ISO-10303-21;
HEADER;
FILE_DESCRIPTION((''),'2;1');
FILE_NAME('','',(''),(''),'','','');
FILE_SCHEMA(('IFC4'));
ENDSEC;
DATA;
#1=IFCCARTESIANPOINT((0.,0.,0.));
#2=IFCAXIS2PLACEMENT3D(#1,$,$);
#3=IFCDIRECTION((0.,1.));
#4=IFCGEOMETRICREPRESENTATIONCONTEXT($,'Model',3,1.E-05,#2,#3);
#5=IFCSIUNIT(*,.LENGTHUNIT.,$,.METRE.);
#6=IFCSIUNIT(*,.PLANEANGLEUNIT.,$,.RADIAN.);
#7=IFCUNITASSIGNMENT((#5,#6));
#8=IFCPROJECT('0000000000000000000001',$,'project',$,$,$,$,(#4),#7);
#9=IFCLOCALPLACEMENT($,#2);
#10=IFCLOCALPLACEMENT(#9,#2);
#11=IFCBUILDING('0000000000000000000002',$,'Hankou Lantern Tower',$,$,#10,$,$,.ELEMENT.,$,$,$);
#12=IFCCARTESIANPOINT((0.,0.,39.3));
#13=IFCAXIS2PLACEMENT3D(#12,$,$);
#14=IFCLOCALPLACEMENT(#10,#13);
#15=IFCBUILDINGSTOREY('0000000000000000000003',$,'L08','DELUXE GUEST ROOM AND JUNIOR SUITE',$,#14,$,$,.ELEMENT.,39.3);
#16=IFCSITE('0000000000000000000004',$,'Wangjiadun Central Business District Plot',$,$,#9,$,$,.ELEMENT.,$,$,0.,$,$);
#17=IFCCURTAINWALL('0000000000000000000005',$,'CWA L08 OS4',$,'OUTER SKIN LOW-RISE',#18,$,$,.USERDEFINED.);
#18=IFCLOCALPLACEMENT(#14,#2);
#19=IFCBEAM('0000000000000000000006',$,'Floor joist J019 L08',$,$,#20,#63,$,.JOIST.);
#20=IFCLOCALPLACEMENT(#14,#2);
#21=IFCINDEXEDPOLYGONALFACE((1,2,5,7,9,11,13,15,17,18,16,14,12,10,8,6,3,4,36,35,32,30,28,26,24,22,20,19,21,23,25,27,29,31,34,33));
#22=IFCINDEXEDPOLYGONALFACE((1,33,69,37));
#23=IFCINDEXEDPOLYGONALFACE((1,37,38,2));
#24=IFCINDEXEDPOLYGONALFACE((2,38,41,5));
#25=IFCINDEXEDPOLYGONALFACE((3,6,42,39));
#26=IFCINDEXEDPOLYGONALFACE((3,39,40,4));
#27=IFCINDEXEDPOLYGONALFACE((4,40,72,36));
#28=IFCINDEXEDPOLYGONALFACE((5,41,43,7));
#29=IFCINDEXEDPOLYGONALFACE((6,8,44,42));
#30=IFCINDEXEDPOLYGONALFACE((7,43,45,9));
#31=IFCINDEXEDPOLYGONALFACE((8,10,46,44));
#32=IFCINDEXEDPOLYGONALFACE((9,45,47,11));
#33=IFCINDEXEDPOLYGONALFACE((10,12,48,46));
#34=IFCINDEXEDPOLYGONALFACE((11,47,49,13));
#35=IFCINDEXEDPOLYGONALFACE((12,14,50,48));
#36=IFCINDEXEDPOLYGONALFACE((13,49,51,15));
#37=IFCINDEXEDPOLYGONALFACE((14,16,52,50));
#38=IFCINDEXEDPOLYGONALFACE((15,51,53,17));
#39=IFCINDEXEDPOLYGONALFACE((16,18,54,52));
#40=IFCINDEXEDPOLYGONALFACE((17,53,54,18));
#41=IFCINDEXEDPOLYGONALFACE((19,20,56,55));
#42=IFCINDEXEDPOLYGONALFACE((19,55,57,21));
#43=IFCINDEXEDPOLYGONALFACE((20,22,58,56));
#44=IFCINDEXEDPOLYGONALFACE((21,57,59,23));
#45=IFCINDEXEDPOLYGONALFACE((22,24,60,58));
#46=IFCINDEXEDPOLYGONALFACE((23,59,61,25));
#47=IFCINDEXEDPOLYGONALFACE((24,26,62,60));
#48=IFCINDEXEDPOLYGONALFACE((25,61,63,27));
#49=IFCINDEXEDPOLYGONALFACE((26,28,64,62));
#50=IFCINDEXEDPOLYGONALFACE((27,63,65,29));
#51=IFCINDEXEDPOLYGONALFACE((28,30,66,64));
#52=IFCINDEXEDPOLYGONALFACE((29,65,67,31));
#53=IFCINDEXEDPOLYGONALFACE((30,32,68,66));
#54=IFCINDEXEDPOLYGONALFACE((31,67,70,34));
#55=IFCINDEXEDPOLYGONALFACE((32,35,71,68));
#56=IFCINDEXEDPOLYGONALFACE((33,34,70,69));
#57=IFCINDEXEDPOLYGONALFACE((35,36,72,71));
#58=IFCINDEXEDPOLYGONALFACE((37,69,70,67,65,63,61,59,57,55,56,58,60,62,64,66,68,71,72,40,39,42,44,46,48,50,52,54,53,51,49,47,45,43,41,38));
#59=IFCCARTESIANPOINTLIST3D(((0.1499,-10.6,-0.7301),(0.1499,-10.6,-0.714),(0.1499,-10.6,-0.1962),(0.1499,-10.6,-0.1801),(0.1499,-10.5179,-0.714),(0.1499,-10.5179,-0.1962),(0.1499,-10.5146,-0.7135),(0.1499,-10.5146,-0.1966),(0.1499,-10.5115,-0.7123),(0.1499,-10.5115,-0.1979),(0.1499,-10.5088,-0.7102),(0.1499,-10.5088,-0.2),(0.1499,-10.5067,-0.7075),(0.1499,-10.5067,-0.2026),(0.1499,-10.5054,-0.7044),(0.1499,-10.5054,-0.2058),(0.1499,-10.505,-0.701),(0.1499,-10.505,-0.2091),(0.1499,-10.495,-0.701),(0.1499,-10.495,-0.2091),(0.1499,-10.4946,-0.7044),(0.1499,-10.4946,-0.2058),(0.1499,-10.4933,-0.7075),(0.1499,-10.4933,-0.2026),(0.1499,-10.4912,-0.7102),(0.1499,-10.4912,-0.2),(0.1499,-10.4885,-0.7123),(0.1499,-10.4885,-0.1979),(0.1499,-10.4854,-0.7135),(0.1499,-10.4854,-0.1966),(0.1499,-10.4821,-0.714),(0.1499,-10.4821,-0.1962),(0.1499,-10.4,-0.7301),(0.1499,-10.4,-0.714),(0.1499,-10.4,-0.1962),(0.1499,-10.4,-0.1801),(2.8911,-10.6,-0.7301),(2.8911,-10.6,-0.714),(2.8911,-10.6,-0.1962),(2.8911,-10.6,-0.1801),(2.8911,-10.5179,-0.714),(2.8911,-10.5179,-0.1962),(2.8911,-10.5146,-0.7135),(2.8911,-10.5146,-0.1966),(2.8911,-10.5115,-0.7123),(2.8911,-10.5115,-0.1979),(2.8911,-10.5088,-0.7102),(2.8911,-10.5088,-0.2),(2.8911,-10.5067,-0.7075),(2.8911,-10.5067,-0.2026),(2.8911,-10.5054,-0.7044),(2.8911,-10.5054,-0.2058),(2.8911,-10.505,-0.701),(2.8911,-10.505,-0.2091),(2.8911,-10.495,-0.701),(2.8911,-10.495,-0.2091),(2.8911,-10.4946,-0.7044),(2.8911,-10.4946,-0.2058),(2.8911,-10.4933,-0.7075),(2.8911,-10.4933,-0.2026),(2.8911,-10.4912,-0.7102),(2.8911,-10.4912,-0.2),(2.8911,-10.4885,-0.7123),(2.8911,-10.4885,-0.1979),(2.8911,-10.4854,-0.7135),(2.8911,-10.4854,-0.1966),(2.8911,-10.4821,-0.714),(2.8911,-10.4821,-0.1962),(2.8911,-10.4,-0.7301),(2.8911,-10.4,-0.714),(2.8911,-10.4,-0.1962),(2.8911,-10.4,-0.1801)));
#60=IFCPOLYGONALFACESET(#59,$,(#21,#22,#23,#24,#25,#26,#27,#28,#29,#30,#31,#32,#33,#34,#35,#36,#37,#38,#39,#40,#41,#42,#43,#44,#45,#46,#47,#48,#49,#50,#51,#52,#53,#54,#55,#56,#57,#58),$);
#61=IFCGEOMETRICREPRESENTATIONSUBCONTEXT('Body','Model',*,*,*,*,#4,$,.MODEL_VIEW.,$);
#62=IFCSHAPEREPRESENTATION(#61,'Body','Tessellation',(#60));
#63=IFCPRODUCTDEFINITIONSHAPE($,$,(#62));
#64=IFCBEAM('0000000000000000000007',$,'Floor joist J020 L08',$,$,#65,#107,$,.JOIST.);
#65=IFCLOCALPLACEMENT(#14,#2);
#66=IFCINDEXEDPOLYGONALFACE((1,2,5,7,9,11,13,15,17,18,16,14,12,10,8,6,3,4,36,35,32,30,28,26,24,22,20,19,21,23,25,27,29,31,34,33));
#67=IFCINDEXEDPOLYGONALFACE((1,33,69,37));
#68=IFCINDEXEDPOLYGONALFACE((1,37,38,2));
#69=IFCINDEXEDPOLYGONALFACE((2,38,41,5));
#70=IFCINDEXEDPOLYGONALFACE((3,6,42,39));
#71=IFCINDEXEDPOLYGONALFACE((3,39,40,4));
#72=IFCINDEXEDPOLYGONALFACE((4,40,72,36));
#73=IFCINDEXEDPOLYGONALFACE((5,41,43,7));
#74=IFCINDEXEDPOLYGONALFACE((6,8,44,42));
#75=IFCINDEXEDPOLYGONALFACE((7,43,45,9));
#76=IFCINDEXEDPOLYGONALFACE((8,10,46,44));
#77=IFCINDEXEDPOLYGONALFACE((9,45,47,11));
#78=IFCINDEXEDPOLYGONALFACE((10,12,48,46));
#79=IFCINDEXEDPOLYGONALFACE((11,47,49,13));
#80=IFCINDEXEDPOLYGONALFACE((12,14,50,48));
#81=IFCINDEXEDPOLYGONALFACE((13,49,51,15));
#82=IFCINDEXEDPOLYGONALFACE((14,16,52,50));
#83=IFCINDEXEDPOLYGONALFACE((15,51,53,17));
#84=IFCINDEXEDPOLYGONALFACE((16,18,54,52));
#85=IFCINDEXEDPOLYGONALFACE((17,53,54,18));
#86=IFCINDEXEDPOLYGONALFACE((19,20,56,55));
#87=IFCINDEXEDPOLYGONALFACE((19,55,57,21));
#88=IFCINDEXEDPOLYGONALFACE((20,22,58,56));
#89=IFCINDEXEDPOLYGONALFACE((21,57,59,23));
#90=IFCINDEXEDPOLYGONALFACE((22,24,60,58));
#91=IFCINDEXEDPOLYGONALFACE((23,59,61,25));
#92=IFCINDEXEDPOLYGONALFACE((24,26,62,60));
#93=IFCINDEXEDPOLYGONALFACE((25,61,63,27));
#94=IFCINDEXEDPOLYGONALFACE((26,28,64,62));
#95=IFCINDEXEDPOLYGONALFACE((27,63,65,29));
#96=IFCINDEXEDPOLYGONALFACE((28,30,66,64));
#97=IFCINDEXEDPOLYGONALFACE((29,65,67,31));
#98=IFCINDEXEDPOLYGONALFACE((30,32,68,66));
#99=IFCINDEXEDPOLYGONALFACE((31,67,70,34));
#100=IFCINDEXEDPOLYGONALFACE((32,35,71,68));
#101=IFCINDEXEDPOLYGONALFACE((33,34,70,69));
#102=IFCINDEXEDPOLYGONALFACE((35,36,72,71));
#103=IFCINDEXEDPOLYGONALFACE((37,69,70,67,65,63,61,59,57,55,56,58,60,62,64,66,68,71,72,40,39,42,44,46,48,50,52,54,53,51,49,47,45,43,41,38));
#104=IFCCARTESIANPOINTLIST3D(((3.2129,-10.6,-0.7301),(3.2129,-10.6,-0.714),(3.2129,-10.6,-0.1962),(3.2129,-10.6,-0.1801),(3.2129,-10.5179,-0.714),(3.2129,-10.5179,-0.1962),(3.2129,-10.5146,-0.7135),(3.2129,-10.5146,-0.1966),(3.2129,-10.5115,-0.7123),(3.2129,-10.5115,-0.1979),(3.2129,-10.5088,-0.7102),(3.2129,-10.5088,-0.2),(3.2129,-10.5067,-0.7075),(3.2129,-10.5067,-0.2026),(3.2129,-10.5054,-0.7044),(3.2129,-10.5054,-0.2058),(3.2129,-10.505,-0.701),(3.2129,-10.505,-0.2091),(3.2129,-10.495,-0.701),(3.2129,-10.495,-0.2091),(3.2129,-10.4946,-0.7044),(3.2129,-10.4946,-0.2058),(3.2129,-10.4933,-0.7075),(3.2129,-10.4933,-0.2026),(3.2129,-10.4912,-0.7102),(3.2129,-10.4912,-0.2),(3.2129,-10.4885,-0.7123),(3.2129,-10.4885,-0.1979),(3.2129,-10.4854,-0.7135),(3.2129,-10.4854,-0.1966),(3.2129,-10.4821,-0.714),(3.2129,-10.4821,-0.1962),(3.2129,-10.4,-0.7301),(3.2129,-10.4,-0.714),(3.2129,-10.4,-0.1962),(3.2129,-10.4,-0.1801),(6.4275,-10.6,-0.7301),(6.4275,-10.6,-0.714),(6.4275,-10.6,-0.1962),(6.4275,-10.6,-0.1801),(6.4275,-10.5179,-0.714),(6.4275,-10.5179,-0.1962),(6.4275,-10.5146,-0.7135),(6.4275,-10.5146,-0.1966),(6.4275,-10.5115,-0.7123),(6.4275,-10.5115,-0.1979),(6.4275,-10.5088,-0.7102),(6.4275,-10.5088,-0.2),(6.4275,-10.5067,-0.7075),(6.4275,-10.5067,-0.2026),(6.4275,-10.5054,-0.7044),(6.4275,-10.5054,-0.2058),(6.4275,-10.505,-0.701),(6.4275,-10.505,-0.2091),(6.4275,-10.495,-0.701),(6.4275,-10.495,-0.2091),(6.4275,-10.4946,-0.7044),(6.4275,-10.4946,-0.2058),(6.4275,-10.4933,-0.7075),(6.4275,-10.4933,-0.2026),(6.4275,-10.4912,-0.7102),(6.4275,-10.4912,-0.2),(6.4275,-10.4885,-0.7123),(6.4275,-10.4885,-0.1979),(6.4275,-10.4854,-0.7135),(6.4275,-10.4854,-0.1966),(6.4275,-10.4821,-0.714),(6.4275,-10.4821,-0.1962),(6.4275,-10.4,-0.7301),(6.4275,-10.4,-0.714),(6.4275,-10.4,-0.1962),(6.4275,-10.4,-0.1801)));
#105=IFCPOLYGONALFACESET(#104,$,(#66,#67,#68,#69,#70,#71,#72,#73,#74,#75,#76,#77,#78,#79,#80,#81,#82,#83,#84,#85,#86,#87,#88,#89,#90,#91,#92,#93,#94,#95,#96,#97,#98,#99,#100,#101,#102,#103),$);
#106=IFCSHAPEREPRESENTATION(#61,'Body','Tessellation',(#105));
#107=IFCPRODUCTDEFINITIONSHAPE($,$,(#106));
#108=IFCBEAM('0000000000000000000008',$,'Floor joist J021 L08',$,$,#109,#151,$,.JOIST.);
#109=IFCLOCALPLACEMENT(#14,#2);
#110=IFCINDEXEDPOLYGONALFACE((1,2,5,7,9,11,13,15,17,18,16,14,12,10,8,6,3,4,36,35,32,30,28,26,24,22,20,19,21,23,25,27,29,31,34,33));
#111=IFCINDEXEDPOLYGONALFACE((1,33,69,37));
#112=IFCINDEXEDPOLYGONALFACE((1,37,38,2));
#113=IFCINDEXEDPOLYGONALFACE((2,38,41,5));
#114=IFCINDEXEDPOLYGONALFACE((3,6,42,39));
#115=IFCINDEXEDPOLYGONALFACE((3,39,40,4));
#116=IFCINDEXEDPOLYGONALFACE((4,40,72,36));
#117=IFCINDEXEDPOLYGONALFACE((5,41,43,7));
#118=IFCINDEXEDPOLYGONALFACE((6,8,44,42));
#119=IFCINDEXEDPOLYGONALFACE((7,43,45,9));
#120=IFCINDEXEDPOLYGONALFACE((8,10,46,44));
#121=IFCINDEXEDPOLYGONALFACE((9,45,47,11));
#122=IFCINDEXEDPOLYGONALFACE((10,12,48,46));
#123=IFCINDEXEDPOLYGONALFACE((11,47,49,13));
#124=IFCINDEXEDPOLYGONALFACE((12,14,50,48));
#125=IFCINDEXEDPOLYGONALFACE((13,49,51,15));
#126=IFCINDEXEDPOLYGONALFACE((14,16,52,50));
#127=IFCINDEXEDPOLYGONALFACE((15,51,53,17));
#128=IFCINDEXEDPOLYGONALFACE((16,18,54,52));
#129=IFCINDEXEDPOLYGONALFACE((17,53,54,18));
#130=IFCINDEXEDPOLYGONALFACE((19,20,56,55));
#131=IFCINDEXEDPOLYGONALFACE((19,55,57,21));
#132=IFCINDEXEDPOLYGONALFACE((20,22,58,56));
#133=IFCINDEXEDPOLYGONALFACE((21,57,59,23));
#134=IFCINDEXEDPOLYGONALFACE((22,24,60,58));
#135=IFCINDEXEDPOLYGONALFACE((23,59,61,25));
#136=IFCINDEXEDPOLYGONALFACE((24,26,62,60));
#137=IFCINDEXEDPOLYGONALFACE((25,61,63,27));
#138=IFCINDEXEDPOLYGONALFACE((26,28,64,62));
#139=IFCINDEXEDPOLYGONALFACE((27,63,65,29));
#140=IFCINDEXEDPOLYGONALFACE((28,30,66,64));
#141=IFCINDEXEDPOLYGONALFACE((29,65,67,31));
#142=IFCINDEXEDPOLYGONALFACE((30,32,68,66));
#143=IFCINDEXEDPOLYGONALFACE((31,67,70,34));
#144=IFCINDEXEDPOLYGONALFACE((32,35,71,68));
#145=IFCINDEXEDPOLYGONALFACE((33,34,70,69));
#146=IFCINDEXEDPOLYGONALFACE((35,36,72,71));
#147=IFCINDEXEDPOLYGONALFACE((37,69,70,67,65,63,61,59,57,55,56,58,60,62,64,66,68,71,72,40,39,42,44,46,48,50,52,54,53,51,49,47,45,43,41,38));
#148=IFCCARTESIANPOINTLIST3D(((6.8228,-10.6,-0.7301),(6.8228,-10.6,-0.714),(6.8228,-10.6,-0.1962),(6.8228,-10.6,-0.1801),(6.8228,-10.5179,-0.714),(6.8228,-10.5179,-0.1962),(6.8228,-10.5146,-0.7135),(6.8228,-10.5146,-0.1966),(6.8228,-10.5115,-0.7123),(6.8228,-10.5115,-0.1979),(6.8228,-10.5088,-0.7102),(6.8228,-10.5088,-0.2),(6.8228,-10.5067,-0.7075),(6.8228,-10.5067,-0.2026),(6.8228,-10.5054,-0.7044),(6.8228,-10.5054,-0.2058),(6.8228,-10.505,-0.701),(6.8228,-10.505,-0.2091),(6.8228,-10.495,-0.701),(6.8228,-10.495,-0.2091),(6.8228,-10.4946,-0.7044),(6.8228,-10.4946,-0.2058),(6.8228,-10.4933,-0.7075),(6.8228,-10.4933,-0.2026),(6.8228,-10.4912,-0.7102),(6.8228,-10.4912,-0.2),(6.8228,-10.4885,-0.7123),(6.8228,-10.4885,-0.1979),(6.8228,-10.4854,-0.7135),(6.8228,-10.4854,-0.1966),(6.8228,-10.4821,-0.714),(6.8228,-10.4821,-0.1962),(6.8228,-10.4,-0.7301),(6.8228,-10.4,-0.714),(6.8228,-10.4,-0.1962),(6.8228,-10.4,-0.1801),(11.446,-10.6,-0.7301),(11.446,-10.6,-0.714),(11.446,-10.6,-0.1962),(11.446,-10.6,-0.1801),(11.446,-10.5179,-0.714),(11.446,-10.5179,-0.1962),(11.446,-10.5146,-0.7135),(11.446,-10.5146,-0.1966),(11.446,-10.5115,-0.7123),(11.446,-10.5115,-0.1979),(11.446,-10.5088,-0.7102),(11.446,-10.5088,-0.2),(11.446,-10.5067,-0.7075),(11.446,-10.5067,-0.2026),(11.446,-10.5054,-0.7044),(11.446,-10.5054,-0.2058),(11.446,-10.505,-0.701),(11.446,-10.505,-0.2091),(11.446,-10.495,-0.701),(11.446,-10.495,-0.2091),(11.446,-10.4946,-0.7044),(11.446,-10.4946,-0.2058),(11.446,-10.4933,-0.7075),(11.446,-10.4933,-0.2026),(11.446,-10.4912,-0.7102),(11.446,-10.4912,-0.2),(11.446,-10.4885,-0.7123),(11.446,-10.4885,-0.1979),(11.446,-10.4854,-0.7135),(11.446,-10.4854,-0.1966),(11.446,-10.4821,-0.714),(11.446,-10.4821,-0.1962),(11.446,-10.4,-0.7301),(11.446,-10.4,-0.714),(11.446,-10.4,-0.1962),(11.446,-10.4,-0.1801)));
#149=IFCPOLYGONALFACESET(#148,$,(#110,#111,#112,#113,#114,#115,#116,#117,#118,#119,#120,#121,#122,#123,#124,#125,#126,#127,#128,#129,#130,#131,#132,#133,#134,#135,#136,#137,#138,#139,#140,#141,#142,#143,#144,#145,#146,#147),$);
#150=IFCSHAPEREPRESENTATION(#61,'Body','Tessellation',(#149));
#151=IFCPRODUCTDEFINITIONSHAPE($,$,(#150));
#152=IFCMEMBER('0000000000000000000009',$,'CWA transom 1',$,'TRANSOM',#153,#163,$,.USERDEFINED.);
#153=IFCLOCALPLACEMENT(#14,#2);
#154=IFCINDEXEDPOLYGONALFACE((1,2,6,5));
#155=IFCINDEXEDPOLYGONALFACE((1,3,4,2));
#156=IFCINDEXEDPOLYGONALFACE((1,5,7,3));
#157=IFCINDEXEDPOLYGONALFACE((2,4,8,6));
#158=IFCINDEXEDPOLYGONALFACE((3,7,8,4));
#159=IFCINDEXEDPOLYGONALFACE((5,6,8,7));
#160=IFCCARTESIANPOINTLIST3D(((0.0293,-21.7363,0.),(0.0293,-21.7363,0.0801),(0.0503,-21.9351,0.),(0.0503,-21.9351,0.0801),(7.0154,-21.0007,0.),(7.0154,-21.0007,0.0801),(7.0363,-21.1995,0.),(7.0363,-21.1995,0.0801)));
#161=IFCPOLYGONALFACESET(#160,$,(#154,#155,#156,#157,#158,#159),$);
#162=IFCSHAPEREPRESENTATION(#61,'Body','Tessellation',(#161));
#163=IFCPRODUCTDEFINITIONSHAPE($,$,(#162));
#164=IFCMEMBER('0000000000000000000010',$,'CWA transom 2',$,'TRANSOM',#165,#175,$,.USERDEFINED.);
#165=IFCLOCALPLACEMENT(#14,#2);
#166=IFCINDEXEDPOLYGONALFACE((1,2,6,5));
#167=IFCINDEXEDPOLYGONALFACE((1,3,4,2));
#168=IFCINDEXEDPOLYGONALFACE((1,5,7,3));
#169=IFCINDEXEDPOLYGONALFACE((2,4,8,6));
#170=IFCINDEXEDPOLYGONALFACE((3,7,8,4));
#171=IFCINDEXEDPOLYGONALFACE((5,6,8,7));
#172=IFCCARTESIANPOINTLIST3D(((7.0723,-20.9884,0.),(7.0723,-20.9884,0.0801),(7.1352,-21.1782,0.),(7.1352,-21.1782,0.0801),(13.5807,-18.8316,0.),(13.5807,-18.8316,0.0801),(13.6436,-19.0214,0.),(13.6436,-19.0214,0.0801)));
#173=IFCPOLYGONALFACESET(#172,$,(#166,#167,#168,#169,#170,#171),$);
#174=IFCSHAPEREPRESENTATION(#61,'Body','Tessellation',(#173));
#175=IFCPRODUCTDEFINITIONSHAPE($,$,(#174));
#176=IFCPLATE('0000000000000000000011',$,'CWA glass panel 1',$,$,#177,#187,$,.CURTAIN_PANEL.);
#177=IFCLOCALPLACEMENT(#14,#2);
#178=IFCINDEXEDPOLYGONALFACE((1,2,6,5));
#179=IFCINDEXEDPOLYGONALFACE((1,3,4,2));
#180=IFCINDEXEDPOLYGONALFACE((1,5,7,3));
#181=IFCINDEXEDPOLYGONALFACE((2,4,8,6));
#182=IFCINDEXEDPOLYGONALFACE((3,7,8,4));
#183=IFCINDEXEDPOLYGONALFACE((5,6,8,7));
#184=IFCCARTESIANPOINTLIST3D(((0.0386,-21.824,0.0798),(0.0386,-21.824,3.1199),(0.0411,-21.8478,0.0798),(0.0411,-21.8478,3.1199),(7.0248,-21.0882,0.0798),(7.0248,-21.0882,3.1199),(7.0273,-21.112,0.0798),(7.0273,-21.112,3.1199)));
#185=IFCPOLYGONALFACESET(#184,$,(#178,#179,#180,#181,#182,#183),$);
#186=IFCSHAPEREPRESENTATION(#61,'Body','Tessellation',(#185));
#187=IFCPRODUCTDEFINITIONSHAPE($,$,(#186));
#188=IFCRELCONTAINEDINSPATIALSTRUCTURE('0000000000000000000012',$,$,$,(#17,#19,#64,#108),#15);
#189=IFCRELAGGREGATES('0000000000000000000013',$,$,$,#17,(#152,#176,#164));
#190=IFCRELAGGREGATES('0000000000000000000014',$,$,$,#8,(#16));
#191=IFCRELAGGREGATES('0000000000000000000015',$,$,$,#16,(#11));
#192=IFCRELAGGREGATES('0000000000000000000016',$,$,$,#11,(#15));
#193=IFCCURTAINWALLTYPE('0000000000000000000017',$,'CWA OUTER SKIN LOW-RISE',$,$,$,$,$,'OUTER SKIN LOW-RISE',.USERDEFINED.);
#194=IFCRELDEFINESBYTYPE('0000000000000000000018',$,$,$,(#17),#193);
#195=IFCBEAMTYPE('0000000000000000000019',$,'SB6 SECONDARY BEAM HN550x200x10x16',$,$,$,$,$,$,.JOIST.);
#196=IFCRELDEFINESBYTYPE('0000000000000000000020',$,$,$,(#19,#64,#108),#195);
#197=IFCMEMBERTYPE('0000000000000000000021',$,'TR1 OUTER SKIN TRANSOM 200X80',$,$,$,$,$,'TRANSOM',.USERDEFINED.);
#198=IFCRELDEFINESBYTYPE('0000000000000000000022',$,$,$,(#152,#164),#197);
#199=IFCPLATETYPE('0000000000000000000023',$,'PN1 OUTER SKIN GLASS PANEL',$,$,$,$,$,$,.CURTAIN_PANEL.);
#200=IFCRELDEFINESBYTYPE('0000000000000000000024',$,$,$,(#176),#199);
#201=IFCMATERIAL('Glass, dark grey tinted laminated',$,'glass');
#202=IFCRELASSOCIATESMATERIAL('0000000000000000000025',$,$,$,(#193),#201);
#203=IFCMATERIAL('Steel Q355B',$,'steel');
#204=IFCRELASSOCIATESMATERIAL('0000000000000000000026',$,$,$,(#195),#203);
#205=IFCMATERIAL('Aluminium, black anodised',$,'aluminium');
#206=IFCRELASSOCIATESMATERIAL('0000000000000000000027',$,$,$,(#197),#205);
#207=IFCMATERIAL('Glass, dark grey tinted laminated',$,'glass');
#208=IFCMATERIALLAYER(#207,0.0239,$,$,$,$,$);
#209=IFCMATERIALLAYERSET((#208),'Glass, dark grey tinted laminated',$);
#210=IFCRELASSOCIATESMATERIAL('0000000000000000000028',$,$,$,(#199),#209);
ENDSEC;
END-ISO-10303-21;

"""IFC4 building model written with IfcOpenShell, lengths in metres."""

from ifc_helpers import new_model, si_unit, direction, frame, origin, origin_2d, place, context, subcontext, project, spatial, rectangle, i_section, extrude, material, layer, layer_set, material_profile, profile_set, type_object, element, aggregate, save


model = new_model("IFC4")

# Units and contexts
model_context = context("Model", 3, precision=1e-05, world=origin(), true_north=direction((0.0, 1.0)))
body_context = subcontext(model_context, "Body", "Model", "MODEL_VIEW")
ifc_project = project(units=[si_unit("LENGTHUNIT", "METRE"), si_unit("PLANEANGLEUNIT", "RADIAN")], contexts=[model_context])

# Site, building, storey
site_placement = place(None, origin())
site = spatial("IfcSite", under=ifc_project, at=site_placement, Name="Wangjiadun Central Business District Plot", CompositionType="ELEMENT", RefElevation=0.0)
building_placement = place(site_placement, origin())
building = spatial("IfcBuilding", under=site, at=building_placement, Name="Hankou Lantern Tower", CompositionType="ELEMENT")
storey_placement = place(building_placement, frame((0.0, 0.0, 39.3)))
storey = spatial("IfcBuildingStorey", under=building, at=storey_placement, Name="L08", Description="DELUXE GUEST ROOM AND JUNIOR SUITE", CompositionType="ELEMENT", Elevation=39.3)

# Curtain wall
ifc_material_1 = material(Name="Glass, dark grey tinted laminated", Category="glass")
curtain_wall_type = type_object("IfcCurtainWallType", Name="CWA OUTER SKIN LOW-RISE", ElementType="OUTER SKIN LOW-RISE", PredefinedType="USERDEFINED", material=ifc_material_1)
curtain_wall_placement = place(storey_placement, origin())
curtain_wall = element("IfcCurtainWall", 1, at=curtain_wall_placement, inside=storey, type_object=curtain_wall_type, Name="CWA L08 OS4", ObjectType="OUTER SKIN LOW-RISE", PredefinedType="USERDEFINED")

# Beams
ifc_material_2 = material(Name="Steel Q355B", Category="steel")
ifc_material_profile_1 = material_profile(ifc_material_2, i_section(OverallWidth=0.2, OverallDepth=0.55, WebThickness=0.01, FlangeThickness=0.0161, FilletRadius=0.0129, at=origin_2d()), Name="HN550x200x10x16")
ifc_profile_set_1 = profile_set([ifc_material_profile_1], Name="Steel Q355B")
beam_type_1 = type_object("IfcBeamType", Name="SB6 SECONDARY BEAM HN550x200x10x16", PredefinedType="JOIST", material=ifc_profile_set_1)
beam_1_placement = place(storey_placement, frame((0.1499, -10.5, -0.4551), z_axis=(1.0, 0.0, 0.0), x_axis=(0.0, 1.0, 0.0)))
element("IfcBeam", 2, at=beam_1_placement, inside=storey, type_object=beam_type_1, Name="Floor joist J019 L08", PredefinedType="JOIST", context=body_context, shape_type="SweptSolid", body=[
    extrude(i_section(OverallWidth=0.2, OverallDepth=0.55, WebThickness=0.01, FlangeThickness=0.0161, FilletRadius=0.0129, at=origin_2d()), origin(), (0.0, 0.0, 1.0), 2.7412),
])
beam_2_placement = place(storey_placement, frame((3.2129, -10.5, -0.4551), z_axis=(1.0, 0.0, 0.0), x_axis=(0.0, 1.0, 0.0)))
element("IfcBeam", 3, at=beam_2_placement, inside=storey, type_object=beam_type_1, Name="Floor joist J020 L08", PredefinedType="JOIST", context=body_context, shape_type="SweptSolid", body=[
    extrude(i_section(OverallWidth=0.2, OverallDepth=0.55, WebThickness=0.01, FlangeThickness=0.0161, FilletRadius=0.0129, at=origin_2d()), origin(), (0.0, 0.0, 1.0), 3.2146),
])
beam_3_placement = place(storey_placement, frame((6.8228, -10.5, -0.4551), z_axis=(1.0, 0.0, 0.0), x_axis=(0.0, 1.0, 0.0)))
element("IfcBeam", 4, at=beam_3_placement, inside=storey, type_object=beam_type_1, Name="Floor joist J021 L08", PredefinedType="JOIST", context=body_context, shape_type="SweptSolid", body=[
    extrude(i_section(OverallWidth=0.2, OverallDepth=0.55, WebThickness=0.01, FlangeThickness=0.0161, FilletRadius=0.0129, at=origin_2d()), origin(), (0.0, 0.0, 1.0), 4.6233),
])

# Members
ifc_material_3 = material(Name="Aluminium, black anodised", Category="aluminium")
ifc_material_profile_2 = material_profile(ifc_material_3, rectangle(XDim=0.2, YDim=0.0801, at=origin_2d()), Name="TR1 200X80")
ifc_profile_set_2 = profile_set([ifc_material_profile_2], Name="Aluminium, black anodised")
member_type_1 = type_object("IfcMemberType", Name="TR1 OUTER SKIN TRANSOM 200X80", ElementType="TRANSOM", PredefinedType="USERDEFINED", material=ifc_profile_set_2)
member_1_placement = place(storey_placement, frame((0.0398, -21.8357, 0.04), z_axis=(0.994502, 0.104716, 0.0), x_axis=(-0.104716, 0.994502, 0.0)))
member_1 = element("IfcMember", 5, at=member_1_placement, type_object=member_type_1, Name="CWA transom 1", ObjectType="TRANSOM", PredefinedType="USERDEFINED", context=body_context, shape_type="SweptSolid", body=[
    extrude(rectangle(XDim=0.2, YDim=0.0801, at=origin_2d()), origin(), (0.0, 0.0, 1.0), 7.0247),
])
member_2_placement = place(storey_placement, frame((7.1038, -21.0833, 0.04), z_axis=(0.949237, 0.314561, 0.0), x_axis=(-0.314561, 0.949237, 0.0)))
member_2 = element("IfcMember", 6, at=member_2_placement, type_object=member_type_1, Name="CWA transom 2", ObjectType="TRANSOM", PredefinedType="USERDEFINED", context=body_context, shape_type="SweptSolid", body=[
    extrude(rectangle(XDim=0.2, YDim=0.0801, at=origin_2d()), origin(), (0.0, 0.0, 1.0), 6.8564),
])

# Plate
ifc_material_4 = material(Name="Glass, dark grey tinted laminated", Category="glass")
ifc_layer_1 = layer(ifc_material_4, 0.0239)
ifc_layer_set_1 = layer_set([ifc_layer_1], Name="Glass, dark grey tinted laminated")
plate_type = type_object("IfcPlateType", Name="PN1 OUTER SKIN GLASS PANEL", PredefinedType="CURTAIN_PANEL", material=ifc_layer_set_1)
plate_1_placement = place(storey_placement, frame((3.533, -21.468, 0.0798), z_axis=(0.0, 0.0, 1.0), x_axis=(0.994499, 0.104743, 0.0)))
plate_1 = element("IfcPlate", 7, at=plate_1_placement, type_object=plate_type, Name="CWA glass panel 1", PredefinedType="CURTAIN_PANEL", context=body_context, shape_type="SweptSolid", body=[
    extrude(rectangle(XDim=7.0249, YDim=0.0239, at=origin_2d()), origin(), (0.0, 0.0, 1.0), 3.04),
])
aggregate(curtain_wall, [member_1, plate_1, member_2])

save(model, "model.ifc")
